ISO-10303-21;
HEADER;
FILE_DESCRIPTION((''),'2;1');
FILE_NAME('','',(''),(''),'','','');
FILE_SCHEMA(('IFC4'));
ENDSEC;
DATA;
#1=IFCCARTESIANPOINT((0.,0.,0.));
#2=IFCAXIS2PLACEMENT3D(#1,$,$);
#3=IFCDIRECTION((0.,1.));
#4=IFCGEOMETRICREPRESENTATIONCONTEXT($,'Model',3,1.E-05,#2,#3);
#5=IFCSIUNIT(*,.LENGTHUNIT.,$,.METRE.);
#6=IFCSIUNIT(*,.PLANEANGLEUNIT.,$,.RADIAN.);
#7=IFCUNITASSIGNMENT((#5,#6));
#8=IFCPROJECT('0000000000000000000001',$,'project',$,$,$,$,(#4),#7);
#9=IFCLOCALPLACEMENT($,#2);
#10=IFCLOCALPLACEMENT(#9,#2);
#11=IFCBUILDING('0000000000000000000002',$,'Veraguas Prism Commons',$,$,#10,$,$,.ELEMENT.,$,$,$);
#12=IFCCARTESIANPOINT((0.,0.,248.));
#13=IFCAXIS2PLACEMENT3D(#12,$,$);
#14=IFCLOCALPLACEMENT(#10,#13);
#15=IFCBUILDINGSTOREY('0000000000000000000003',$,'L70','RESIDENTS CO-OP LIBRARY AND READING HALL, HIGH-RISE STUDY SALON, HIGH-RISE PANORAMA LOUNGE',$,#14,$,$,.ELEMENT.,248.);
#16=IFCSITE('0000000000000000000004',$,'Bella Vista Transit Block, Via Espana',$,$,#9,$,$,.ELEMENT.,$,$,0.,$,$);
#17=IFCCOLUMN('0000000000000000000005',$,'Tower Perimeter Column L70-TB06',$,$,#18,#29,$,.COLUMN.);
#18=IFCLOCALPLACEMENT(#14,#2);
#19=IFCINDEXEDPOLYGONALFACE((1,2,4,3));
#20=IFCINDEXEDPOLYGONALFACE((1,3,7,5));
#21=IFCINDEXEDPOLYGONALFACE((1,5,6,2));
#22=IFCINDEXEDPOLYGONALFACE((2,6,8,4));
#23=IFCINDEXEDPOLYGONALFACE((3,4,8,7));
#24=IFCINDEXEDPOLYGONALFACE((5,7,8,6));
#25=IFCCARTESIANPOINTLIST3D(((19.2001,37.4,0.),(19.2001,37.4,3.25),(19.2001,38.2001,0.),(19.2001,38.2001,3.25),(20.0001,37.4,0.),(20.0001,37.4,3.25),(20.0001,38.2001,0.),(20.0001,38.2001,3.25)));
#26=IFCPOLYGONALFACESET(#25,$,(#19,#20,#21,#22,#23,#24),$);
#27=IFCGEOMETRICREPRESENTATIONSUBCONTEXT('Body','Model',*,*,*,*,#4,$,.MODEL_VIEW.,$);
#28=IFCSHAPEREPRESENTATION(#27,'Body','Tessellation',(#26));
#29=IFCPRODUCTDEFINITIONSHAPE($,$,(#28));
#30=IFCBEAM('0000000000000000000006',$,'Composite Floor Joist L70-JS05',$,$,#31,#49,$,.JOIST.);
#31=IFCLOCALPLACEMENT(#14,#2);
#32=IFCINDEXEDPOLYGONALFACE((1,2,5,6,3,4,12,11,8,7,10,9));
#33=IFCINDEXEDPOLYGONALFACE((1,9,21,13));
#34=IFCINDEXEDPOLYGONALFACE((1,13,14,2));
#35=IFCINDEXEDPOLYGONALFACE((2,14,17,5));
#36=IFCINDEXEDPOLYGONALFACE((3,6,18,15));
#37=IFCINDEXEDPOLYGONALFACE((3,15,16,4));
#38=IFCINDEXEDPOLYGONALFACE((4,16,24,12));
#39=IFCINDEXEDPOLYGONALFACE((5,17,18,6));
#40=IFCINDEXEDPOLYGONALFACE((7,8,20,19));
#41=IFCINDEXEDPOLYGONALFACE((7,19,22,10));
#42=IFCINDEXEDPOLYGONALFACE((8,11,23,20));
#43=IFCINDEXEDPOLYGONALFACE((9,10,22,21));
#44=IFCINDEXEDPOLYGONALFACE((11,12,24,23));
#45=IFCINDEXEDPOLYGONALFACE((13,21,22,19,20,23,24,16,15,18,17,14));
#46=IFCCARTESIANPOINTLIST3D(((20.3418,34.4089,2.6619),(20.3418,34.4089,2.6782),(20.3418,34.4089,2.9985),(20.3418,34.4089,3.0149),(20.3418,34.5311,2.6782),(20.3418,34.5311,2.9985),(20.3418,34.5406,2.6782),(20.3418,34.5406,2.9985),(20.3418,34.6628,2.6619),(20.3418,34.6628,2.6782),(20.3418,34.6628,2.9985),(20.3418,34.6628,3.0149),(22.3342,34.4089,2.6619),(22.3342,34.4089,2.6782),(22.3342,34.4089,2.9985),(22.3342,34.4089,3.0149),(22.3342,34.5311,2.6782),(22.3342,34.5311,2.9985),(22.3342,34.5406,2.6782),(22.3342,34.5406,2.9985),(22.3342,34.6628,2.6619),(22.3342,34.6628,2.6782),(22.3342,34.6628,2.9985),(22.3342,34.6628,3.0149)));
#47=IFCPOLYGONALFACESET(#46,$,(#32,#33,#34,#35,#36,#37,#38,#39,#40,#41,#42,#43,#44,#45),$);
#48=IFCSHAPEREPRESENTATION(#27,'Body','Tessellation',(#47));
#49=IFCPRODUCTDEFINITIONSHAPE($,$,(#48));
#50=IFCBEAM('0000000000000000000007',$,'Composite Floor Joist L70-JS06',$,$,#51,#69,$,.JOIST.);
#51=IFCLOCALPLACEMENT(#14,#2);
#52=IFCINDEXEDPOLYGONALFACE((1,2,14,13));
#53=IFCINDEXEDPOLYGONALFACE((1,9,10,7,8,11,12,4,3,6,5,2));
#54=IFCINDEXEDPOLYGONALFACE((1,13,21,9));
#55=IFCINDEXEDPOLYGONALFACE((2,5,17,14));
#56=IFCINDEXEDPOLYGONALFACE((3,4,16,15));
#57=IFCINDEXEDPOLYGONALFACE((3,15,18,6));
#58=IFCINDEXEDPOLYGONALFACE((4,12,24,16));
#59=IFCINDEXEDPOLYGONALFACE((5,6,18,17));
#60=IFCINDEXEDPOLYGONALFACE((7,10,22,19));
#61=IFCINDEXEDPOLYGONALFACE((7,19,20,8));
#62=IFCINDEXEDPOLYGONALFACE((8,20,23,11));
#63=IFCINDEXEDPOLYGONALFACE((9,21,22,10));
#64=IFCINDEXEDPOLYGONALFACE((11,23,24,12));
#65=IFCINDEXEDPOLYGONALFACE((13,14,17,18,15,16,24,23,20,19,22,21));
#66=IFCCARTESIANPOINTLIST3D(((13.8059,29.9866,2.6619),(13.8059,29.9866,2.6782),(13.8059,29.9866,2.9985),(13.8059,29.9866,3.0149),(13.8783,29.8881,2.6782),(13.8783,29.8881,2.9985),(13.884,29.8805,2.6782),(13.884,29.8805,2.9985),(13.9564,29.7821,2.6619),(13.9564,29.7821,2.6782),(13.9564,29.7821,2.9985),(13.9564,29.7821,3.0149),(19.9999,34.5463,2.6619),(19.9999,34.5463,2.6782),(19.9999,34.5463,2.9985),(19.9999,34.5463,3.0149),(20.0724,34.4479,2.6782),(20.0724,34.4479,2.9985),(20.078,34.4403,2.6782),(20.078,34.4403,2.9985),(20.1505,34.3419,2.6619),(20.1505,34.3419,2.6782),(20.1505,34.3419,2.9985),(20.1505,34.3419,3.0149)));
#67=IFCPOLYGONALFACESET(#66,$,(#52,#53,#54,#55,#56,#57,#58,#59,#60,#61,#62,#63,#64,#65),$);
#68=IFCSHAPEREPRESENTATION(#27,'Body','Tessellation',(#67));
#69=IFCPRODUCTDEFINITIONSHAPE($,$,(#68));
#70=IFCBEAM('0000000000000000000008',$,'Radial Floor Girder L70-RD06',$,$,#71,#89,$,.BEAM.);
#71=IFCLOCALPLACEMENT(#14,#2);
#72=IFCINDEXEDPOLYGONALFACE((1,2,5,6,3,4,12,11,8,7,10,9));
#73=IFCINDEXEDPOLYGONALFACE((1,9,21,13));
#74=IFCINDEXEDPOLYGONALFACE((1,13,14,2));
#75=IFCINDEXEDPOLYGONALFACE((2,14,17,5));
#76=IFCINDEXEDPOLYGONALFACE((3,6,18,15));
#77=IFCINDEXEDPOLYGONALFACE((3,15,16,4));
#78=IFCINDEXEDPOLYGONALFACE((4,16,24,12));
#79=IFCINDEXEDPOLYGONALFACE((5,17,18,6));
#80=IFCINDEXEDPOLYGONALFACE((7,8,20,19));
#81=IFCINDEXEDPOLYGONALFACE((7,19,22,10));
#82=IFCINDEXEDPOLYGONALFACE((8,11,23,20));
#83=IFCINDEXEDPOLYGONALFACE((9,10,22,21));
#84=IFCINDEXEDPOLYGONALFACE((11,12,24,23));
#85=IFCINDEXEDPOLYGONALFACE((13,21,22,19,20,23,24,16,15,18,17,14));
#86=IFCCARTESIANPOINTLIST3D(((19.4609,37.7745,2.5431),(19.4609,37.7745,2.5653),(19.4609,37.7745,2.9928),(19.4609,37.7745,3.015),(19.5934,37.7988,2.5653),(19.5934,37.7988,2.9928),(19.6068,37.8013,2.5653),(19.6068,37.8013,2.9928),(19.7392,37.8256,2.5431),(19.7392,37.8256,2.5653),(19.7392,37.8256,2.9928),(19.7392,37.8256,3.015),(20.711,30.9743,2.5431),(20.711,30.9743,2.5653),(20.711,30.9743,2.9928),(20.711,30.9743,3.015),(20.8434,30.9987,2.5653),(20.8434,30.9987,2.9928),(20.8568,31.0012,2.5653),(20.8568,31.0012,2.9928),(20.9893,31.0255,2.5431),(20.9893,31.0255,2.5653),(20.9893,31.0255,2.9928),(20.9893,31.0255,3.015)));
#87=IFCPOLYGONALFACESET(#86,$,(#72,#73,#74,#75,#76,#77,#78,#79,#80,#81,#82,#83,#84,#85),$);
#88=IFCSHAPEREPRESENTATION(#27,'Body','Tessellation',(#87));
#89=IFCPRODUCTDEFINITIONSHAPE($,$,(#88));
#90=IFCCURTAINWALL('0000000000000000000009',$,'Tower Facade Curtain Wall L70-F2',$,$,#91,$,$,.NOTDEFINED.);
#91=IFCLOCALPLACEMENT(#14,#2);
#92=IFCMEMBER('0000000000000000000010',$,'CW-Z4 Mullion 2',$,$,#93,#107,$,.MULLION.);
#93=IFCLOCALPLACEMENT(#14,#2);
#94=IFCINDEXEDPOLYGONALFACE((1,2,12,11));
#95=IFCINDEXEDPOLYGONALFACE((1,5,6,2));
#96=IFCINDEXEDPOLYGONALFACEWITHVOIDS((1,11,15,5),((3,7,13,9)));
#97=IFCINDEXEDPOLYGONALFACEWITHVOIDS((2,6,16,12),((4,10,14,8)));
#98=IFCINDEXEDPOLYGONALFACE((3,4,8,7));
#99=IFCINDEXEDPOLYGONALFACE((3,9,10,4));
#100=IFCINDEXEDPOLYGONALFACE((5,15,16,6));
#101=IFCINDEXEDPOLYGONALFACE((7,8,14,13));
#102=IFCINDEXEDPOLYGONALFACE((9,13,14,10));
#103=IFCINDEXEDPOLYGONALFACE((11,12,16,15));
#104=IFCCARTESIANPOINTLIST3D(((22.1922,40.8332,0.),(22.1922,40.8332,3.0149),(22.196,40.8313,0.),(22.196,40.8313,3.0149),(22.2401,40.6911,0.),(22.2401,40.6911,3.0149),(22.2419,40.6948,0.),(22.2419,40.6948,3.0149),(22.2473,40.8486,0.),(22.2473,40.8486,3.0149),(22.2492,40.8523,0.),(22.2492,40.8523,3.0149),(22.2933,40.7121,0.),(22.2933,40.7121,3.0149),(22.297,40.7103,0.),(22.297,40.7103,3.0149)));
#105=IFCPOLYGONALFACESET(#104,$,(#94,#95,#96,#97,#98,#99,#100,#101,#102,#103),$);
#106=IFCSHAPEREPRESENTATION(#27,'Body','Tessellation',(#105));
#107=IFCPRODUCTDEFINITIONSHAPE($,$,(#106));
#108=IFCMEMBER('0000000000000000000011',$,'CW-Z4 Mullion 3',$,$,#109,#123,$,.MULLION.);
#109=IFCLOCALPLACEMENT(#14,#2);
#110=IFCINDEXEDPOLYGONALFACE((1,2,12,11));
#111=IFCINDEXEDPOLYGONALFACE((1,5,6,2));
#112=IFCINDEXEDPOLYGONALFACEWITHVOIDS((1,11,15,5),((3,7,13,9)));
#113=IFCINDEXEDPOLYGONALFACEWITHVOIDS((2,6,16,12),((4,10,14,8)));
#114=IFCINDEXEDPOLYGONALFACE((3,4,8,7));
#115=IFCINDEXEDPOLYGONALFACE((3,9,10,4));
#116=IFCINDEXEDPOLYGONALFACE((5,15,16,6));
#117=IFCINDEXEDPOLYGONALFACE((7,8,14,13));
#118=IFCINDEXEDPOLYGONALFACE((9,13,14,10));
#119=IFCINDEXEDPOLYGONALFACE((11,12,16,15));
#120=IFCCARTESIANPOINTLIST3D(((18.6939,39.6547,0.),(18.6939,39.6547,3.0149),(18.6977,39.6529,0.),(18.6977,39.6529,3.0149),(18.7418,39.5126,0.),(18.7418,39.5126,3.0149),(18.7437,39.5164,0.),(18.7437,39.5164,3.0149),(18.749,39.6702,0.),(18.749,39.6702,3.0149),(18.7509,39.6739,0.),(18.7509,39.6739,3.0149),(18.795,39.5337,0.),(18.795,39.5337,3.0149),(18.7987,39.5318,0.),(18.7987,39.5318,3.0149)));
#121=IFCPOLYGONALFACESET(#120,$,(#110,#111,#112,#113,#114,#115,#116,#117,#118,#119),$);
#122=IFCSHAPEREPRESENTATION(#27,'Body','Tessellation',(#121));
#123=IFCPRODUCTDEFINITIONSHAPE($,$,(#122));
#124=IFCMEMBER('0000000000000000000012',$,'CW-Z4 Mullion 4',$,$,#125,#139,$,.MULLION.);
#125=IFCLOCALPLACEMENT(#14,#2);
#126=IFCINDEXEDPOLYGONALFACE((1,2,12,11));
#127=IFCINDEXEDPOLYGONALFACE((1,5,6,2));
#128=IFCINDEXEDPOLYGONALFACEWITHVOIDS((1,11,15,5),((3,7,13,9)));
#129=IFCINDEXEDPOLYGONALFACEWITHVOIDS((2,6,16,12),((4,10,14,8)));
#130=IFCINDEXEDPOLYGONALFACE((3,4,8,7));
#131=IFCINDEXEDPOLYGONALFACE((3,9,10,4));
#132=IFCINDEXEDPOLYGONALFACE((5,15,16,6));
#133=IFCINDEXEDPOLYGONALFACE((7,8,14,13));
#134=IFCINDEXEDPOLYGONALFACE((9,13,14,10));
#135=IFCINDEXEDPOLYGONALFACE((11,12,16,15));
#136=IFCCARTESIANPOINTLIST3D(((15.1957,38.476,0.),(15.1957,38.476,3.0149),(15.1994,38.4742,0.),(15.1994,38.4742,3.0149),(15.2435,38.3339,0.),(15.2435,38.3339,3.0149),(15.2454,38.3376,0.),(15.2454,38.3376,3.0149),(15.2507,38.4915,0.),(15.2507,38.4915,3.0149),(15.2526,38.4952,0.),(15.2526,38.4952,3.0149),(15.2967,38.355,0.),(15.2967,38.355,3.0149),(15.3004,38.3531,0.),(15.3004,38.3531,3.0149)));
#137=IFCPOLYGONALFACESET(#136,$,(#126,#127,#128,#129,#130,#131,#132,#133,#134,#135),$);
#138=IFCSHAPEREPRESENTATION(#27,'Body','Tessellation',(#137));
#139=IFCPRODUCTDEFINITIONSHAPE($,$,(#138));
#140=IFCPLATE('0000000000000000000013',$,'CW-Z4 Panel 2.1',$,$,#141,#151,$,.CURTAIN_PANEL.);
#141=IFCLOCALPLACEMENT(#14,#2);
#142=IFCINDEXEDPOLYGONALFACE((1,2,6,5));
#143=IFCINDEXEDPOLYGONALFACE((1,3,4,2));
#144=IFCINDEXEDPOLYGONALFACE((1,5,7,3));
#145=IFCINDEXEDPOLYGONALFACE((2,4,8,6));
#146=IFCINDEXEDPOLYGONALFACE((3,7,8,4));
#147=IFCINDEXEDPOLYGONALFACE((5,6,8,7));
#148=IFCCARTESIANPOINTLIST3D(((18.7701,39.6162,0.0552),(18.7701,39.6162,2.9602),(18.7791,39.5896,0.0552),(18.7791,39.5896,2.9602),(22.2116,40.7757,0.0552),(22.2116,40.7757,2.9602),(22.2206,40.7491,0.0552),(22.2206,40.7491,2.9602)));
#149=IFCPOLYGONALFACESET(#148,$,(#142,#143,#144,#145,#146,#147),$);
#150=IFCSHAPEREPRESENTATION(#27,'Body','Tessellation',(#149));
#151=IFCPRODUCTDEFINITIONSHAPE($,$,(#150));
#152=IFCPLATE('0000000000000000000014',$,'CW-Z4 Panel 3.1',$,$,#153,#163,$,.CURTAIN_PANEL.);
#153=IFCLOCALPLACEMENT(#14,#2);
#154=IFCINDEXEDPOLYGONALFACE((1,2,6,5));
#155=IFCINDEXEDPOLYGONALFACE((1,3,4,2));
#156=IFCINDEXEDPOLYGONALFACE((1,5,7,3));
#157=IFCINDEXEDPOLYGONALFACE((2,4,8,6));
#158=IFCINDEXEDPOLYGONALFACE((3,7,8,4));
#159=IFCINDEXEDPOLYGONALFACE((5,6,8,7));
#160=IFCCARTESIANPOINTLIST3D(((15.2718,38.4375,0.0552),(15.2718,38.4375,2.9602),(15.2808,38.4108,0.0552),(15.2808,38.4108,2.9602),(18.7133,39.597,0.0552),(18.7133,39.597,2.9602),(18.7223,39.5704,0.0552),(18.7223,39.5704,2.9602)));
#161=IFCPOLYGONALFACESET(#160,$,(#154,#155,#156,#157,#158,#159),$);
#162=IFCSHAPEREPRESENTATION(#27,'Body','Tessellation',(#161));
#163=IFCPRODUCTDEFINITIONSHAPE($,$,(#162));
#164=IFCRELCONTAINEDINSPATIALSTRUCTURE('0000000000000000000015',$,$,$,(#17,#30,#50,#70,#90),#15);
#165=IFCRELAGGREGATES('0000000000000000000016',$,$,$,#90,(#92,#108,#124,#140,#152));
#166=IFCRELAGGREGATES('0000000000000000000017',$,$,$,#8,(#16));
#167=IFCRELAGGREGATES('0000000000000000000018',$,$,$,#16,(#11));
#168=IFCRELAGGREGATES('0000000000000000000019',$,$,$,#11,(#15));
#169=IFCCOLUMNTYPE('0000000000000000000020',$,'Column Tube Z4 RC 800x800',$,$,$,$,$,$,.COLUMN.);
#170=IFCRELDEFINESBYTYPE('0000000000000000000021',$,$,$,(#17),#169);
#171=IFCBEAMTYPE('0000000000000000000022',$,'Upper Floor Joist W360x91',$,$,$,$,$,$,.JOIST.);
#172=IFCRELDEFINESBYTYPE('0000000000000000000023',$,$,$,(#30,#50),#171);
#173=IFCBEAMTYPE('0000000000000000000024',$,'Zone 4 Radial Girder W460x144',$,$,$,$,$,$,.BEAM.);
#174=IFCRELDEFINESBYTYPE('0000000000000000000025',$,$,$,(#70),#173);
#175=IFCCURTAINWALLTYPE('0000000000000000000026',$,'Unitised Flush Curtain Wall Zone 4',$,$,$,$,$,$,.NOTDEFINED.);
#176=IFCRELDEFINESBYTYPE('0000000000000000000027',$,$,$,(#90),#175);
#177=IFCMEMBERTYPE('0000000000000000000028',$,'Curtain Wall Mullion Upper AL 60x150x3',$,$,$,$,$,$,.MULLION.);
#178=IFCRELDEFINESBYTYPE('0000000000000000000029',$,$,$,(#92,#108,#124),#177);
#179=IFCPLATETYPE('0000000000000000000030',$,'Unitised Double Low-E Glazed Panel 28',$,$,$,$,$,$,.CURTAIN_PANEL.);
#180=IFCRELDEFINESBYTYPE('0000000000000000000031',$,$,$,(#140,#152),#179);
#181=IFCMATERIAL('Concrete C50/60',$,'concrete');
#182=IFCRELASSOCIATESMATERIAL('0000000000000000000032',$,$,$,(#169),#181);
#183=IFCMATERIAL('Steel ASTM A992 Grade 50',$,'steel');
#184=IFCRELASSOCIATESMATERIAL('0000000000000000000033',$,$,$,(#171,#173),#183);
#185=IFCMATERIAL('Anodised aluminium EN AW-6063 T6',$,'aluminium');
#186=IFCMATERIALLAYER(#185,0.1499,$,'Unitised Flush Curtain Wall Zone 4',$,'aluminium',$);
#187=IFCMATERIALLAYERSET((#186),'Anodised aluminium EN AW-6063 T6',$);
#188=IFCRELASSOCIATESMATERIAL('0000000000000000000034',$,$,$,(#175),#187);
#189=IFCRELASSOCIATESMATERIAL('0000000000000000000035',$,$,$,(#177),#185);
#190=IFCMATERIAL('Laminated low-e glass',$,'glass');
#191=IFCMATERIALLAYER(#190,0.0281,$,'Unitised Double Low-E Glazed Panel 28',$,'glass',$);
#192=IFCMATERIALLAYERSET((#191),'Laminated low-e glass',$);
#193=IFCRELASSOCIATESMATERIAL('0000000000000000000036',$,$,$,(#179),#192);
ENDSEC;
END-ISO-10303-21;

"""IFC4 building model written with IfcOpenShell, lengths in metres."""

from ifc_helpers import new_model, si_unit, direction, frame, origin, origin_2d, place, context, subcontext, project, spatial, rectangle, hollow_rectangle, i_section, extrude, source, transform, mapped, material, layer, layer_set, material_profile, profile_set, type_object, element, aggregate, save


model = new_model("IFC4")

# Units and contexts
model_context = context("Model", 3, precision=1e-05, world=origin(), true_north=direction((0.0, 1.0)))
body_context = subcontext(model_context, "Body", "Model", "MODEL_VIEW")
ifc_project = project(units=[si_unit("LENGTHUNIT", "METRE"), si_unit("PLANEANGLEUNIT", "RADIAN")], contexts=[model_context])

# Site, building, storey
site_placement = place(None, origin())
site = spatial("IfcSite", under=ifc_project, at=site_placement, Name="Bella Vista Transit Block, Via Espana", CompositionType="ELEMENT", RefElevation=0.0)
building_placement = place(site_placement, origin())
building = spatial("IfcBuilding", under=site, at=building_placement, Name="Veraguas Prism Commons", CompositionType="ELEMENT")
storey_placement = place(building_placement, frame((0.0, 0.0, 248.0)))
storey = spatial("IfcBuildingStorey", under=building, at=storey_placement, Name="L70", Description="RESIDENTS CO-OP LIBRARY AND READING HALL, HIGH-RISE STUDY SALON, HIGH-RISE PANORAMA LOUNGE", CompositionType="ELEMENT", Elevation=248.0)

# Column
ifc_material_1 = material(Name="Concrete C50/60", Category="concrete")
ifc_material_profile_1 = material_profile(ifc_material_1, rectangle(XDim=0.8, YDim=0.8, at=origin_2d()), Name="RC800X800")
ifc_profile_set_1 = profile_set([ifc_material_profile_1], Name="Concrete C50/60")
column_type = type_object("IfcColumnType", Name="Column Tube Z4 RC 800x800", PredefinedType="COLUMN", material=ifc_profile_set_1)
column_placement = place(storey_placement, frame((19.6001, 37.8, 0.0), z_axis=(0.0, 0.0, 1.0), x_axis=(1.0, 0.0, 0.0)))
element("IfcColumn", 1, at=column_placement, inside=storey, type_object=column_type, Name="Tower Perimeter Column L70-TB06", PredefinedType="COLUMN", context=body_context, shape_type="SweptSolid", body=[
    extrude(rectangle(XDim=0.8, YDim=0.8, at=origin_2d()), origin(), (0.0, 0.0, 1.0), 3.25),
])

# Beams
ifc_material_2 = material(Name="Steel ASTM A992 Grade 50", Category="steel")
ifc_material_profile_2 = material_profile(ifc_material_2, i_section(OverallWidth=0.2539, OverallDepth=0.353, WebThickness=0.0095, FlangeThickness=0.0164, at=origin_2d()), Name="W360X91")
ifc_profile_set_2 = profile_set([ifc_material_profile_2], Name="Steel ASTM A992 Grade 50")
beam_type_1 = type_object("IfcBeamType", Name="Upper Floor Joist W360x91", PredefinedType="JOIST", material=ifc_profile_set_2)
beam_1_placement = place(storey_placement, frame((22.3342, 34.5359, 2.8384), z_axis=(-1.0, 0.0, 0.0), x_axis=(0.0, -1.0, 0.0)))
element("IfcBeam", 2, at=beam_1_placement, inside=storey, type_object=beam_type_1, Name="Composite Floor Joist L70-JS05", PredefinedType="JOIST", context=body_context, shape_type="SweptSolid", body=[
    extrude(i_section(OverallWidth=0.2539, OverallDepth=0.353, WebThickness=0.0095, FlangeThickness=0.0164, at=origin_2d()), origin(), (0.0, 0.0, 1.0), 1.9924),
])
beam_2_placement = place(storey_placement, frame((20.0752, 34.4441, 2.8384), z_axis=(-0.80532, -0.592841, 0.0), x_axis=(0.592841, -0.80532, 0.0)))
element("IfcBeam", 3, at=beam_2_placement, inside=storey, type_object=beam_type_1, Name="Composite Floor Joist L70-JS06", PredefinedType="JOIST", context=body_context, shape_type="SweptSolid", body=[
    extrude(i_section(OverallWidth=0.2539, OverallDepth=0.353, WebThickness=0.0095, FlangeThickness=0.0164, at=origin_2d()), origin(), (0.0, 0.0, 1.0), 7.6914),
])
ifc_material_profile_3 = material_profile(ifc_material_2, i_section(OverallWidth=0.283, OverallDepth=0.4719, WebThickness=0.0137, FlangeThickness=0.0222, at=origin_2d()), Name="W460X144")
ifc_profile_set_3 = profile_set([ifc_material_profile_3], Name="Steel ASTM A992 Grade 50")
beam_type_2 = type_object("IfcBeamType", Name="Zone 4 Radial Girder W460x144", PredefinedType="BEAM", material=ifc_profile_set_3)
beam_3_placement = place(storey_placement, frame((19.6001, 37.8, 2.7791), z_axis=(0.180793, -0.983521, 0.0), x_axis=(0.983521, 0.180793, 0.0)))
element("IfcBeam", 4, at=beam_3_placement, inside=storey, type_object=beam_type_2, Name="Radial Floor Girder L70-RD06", PredefinedType="BEAM", context=body_context, shape_type="SweptSolid", body=[
    extrude(i_section(OverallWidth=0.283, OverallDepth=0.4719, WebThickness=0.0137, FlangeThickness=0.0222, at=origin_2d()), origin(), (0.0, 0.0, 1.0), 6.9141),
])

# Curtain wall, members, plates
ifc_material_3 = material(Name="Anodised aluminium EN AW-6063 T6", Category="aluminium")
ifc_layer_1 = layer(ifc_material_3, 0.1499, Name="Unitised Flush Curtain Wall Zone 4", Category="aluminium")
ifc_layer_set_1 = layer_set([ifc_layer_1], Name="Anodised aluminium EN AW-6063 T6")
curtain_wall_type = type_object("IfcCurtainWallType", Name="Unitised Flush Curtain Wall Zone 4", PredefinedType="NOTDEFINED", material=ifc_layer_set_1)
curtain_wall_placement = place(storey_placement, origin())
curtain_wall = element("IfcCurtainWall", 5, at=curtain_wall_placement, inside=storey, type_object=curtain_wall_type, Name="Tower Facade Curtain Wall L70-F2", PredefinedType="NOTDEFINED")
ifc_material_profile_4 = material_profile(ifc_material_3, hollow_rectangle(XDim=0.0601, YDim=0.1499, WallThickness=0.0029, at=origin_2d()), Name="AL60X150X3")
ifc_profile_set_4 = profile_set([ifc_material_profile_4], Name="Anodised aluminium EN AW-6063 T6")
member_type = type_object("IfcMemberType", Name="Curtain Wall Mullion Upper AL 60x150x3", PredefinedType="MULLION", material=ifc_profile_set_4)
shared_shape_1 = source(origin(), body_context, "Body", "SweptSolid", [
    extrude(hollow_rectangle(XDim=0.0601, YDim=0.1499, WallThickness=0.0029, at=origin_2d()), origin(), (0.0, 0.0, 1.0), 3.0149),
])
member_1_placement = place(storey_placement, frame((22.2446, 40.7717, 0.0), z_axis=(0.0, 0.0, 1.0), x_axis=(-0.947659, -0.319284, 0.0)))
member_1 = element("IfcMember", 6, at=member_1_placement, type_object=member_type, Name="CW-Z4 Mullion 2", PredefinedType="MULLION", context=body_context, shape_type="MappedRepresentation", body=[
    mapped(shared_shape_1, transform((0.0, 0.0, 0.0), scale=1.0)),
])
member_2_placement = place(storey_placement, frame((18.7463, 39.5933, 0.0), z_axis=(0.0, 0.0, 1.0), x_axis=(-0.947659, -0.319284, 0.0)))
member_2 = element("IfcMember", 7, at=member_2_placement, type_object=member_type, Name="CW-Z4 Mullion 3", PredefinedType="MULLION", context=body_context, shape_type="MappedRepresentation", body=[
    mapped(shared_shape_1, transform((0.0, 0.0, 0.0), scale=1.0)),
])
member_3_placement = place(storey_placement, frame((15.248, 38.4146, 0.0), z_axis=(0.0, 0.0, 1.0), x_axis=(-0.947659, -0.319284, 0.0)))
member_3 = element("IfcMember", 8, at=member_3_placement, type_object=member_type, Name="CW-Z4 Mullion 4", PredefinedType="MULLION", context=body_context, shape_type="MappedRepresentation", body=[
    mapped(shared_shape_1, transform((0.0, 0.0, 0.0), scale=1.0)),
])
ifc_material_4 = material(Name="Laminated low-e glass", Category="glass")
ifc_layer_2 = layer(ifc_material_4, 0.0281, Name="Unitised Double Low-E Glazed Panel 28", Category="glass")
ifc_layer_set_2 = layer_set([ifc_layer_2], Name="Laminated low-e glass")
plate_type = type_object("IfcPlateType", Name="Unitised Double Low-E Glazed Panel 28", PredefinedType="CURTAIN_PANEL", material=ifc_layer_set_2)
shared_shape_2 = source(origin(), body_context, "Body", "SweptSolid", [
    extrude(rectangle(XDim=3.6316, YDim=0.0281, at=origin_2d()), origin(), (0.0, 0.0, 1.0), 2.905),
])
plate_1_placement = place(storey_placement, frame((20.4954, 40.1826, 0.0552), z_axis=(0.0, 0.0, 1.0), x_axis=(-0.947659, -0.319284, 0.0)))
plate_1 = element("IfcPlate", 9, at=plate_1_placement, type_object=plate_type, Name="CW-Z4 Panel 2.1", PredefinedType="CURTAIN_PANEL", context=body_context, shape_type="MappedRepresentation", body=[
    mapped(shared_shape_2, transform((0.0, 0.0, 0.0), scale=1.0)),
])
plate_2_placement = place(storey_placement, frame((16.9971, 39.0039, 0.0552), z_axis=(0.0, 0.0, 1.0), x_axis=(-0.947659, -0.319284, 0.0)))
plate_2 = element("IfcPlate", 10, at=plate_2_placement, type_object=plate_type, Name="CW-Z4 Panel 3.1", PredefinedType="CURTAIN_PANEL", context=body_context, shape_type="MappedRepresentation", body=[
    mapped(shared_shape_2, transform((0.0, 0.0, 0.0), scale=1.0)),
])
aggregate(curtain_wall, [member_1, member_2, member_3, plate_1, plate_2])

save(model, "model.ifc")
